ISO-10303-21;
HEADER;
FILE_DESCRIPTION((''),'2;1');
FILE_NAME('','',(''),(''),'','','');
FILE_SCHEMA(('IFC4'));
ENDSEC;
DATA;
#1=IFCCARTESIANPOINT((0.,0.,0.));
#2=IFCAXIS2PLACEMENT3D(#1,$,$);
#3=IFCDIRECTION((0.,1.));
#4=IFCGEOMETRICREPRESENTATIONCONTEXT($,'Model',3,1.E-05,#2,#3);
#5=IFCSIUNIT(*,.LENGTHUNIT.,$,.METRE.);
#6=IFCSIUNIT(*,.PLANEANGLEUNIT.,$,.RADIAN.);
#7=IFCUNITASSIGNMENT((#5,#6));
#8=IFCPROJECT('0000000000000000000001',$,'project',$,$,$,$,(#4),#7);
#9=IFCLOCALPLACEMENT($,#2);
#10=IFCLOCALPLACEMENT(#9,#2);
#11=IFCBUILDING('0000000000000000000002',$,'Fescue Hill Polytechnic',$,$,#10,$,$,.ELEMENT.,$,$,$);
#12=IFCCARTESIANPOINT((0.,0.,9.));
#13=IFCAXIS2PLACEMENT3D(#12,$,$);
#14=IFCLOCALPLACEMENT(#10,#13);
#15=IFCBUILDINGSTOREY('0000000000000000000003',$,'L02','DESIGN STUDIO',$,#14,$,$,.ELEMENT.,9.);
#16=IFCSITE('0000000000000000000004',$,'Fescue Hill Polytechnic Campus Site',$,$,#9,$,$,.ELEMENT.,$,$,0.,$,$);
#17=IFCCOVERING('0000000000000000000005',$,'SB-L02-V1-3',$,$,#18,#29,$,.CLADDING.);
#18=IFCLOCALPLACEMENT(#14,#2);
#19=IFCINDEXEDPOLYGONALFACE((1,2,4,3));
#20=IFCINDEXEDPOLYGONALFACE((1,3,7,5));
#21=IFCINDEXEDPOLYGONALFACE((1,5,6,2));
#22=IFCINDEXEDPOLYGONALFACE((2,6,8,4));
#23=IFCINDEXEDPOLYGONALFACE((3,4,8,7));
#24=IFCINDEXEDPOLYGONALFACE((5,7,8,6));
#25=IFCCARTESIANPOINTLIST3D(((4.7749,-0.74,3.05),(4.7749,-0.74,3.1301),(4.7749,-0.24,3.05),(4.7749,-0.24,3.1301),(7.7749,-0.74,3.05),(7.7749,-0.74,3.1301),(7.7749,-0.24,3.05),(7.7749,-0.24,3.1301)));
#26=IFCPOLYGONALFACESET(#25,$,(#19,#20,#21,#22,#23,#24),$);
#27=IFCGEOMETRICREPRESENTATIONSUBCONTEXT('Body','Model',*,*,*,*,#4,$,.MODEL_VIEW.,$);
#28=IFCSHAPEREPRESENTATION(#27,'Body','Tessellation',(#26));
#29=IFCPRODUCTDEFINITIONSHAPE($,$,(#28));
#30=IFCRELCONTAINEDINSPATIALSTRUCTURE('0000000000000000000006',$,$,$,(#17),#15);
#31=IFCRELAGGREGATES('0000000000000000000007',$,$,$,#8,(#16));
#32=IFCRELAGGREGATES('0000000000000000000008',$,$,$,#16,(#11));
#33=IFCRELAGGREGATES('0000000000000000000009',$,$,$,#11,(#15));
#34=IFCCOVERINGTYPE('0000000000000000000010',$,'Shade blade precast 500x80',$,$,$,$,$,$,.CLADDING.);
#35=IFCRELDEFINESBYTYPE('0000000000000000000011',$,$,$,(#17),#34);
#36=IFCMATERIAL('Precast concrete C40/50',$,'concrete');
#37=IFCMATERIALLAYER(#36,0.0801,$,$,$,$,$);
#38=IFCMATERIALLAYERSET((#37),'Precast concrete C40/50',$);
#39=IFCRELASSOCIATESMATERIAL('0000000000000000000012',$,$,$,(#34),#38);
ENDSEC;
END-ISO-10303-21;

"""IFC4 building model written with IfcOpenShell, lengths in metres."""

from ifc_helpers import new_model, si_unit, direction, frame, origin, origin_2d, place, context, subcontext, project, spatial, rectangle, extrude, material, layer, layer_set, type_object, element, save


model = new_model("IFC4")

# Units and contexts
model_context = context("Model", 3, precision=1e-05, world=origin(), true_north=direction((0.0, 1.0)))
body_context = subcontext(model_context, "Body", "Model", "MODEL_VIEW")
ifc_project = project(units=[si_unit("LENGTHUNIT", "METRE"), si_unit("PLANEANGLEUNIT", "RADIAN")], contexts=[model_context])

# Site, building, storey
site_placement = place(None, origin())
site = spatial("IfcSite", under=ifc_project, at=site_placement, Name="Fescue Hill Polytechnic Campus Site", CompositionType="ELEMENT", RefElevation=0.0)
building_placement = place(site_placement, origin())
building = spatial("IfcBuilding", under=site, at=building_placement, Name="Fescue Hill Polytechnic", CompositionType="ELEMENT")
storey_placement = place(building_placement, frame((0.0, 0.0, 9.0)))
storey = spatial("IfcBuildingStorey", under=building, at=storey_placement, Name="L02", Description="DESIGN STUDIO", CompositionType="ELEMENT", Elevation=9.0)

# Covering
ifc_material_1 = material(Name="Precast concrete C40/50", Category="concrete")
ifc_layer_1 = layer(ifc_material_1, 0.0801)
ifc_layer_set_1 = layer_set([ifc_layer_1], Name="Precast concrete C40/50")
covering_type = type_object("IfcCoveringType", Name="Shade blade precast 500x80", PredefinedType="CLADDING", material=ifc_layer_set_1)
for number, where, z_axis, x_axis, name in (
    (1, (6.2749, -0.49, 3.05), (0.0, 0.0, 1.0), (1.0, 0.0, 0.0), "SB-L02-V1-3"),
):
    element("IfcCovering", number, at=place(storey_placement, frame(where, z_axis=z_axis, x_axis=x_axis)), inside=storey, type_object=covering_type, Name=name, PredefinedType="CLADDING", context=body_context, shape_type="SweptSolid", body=[
        extrude(rectangle(XDim=3.0, YDim=0.5, at=origin_2d()), origin(), (0.0, 0.0, 1.0), 0.0801),
    ])

save(model, "model.ifc")
